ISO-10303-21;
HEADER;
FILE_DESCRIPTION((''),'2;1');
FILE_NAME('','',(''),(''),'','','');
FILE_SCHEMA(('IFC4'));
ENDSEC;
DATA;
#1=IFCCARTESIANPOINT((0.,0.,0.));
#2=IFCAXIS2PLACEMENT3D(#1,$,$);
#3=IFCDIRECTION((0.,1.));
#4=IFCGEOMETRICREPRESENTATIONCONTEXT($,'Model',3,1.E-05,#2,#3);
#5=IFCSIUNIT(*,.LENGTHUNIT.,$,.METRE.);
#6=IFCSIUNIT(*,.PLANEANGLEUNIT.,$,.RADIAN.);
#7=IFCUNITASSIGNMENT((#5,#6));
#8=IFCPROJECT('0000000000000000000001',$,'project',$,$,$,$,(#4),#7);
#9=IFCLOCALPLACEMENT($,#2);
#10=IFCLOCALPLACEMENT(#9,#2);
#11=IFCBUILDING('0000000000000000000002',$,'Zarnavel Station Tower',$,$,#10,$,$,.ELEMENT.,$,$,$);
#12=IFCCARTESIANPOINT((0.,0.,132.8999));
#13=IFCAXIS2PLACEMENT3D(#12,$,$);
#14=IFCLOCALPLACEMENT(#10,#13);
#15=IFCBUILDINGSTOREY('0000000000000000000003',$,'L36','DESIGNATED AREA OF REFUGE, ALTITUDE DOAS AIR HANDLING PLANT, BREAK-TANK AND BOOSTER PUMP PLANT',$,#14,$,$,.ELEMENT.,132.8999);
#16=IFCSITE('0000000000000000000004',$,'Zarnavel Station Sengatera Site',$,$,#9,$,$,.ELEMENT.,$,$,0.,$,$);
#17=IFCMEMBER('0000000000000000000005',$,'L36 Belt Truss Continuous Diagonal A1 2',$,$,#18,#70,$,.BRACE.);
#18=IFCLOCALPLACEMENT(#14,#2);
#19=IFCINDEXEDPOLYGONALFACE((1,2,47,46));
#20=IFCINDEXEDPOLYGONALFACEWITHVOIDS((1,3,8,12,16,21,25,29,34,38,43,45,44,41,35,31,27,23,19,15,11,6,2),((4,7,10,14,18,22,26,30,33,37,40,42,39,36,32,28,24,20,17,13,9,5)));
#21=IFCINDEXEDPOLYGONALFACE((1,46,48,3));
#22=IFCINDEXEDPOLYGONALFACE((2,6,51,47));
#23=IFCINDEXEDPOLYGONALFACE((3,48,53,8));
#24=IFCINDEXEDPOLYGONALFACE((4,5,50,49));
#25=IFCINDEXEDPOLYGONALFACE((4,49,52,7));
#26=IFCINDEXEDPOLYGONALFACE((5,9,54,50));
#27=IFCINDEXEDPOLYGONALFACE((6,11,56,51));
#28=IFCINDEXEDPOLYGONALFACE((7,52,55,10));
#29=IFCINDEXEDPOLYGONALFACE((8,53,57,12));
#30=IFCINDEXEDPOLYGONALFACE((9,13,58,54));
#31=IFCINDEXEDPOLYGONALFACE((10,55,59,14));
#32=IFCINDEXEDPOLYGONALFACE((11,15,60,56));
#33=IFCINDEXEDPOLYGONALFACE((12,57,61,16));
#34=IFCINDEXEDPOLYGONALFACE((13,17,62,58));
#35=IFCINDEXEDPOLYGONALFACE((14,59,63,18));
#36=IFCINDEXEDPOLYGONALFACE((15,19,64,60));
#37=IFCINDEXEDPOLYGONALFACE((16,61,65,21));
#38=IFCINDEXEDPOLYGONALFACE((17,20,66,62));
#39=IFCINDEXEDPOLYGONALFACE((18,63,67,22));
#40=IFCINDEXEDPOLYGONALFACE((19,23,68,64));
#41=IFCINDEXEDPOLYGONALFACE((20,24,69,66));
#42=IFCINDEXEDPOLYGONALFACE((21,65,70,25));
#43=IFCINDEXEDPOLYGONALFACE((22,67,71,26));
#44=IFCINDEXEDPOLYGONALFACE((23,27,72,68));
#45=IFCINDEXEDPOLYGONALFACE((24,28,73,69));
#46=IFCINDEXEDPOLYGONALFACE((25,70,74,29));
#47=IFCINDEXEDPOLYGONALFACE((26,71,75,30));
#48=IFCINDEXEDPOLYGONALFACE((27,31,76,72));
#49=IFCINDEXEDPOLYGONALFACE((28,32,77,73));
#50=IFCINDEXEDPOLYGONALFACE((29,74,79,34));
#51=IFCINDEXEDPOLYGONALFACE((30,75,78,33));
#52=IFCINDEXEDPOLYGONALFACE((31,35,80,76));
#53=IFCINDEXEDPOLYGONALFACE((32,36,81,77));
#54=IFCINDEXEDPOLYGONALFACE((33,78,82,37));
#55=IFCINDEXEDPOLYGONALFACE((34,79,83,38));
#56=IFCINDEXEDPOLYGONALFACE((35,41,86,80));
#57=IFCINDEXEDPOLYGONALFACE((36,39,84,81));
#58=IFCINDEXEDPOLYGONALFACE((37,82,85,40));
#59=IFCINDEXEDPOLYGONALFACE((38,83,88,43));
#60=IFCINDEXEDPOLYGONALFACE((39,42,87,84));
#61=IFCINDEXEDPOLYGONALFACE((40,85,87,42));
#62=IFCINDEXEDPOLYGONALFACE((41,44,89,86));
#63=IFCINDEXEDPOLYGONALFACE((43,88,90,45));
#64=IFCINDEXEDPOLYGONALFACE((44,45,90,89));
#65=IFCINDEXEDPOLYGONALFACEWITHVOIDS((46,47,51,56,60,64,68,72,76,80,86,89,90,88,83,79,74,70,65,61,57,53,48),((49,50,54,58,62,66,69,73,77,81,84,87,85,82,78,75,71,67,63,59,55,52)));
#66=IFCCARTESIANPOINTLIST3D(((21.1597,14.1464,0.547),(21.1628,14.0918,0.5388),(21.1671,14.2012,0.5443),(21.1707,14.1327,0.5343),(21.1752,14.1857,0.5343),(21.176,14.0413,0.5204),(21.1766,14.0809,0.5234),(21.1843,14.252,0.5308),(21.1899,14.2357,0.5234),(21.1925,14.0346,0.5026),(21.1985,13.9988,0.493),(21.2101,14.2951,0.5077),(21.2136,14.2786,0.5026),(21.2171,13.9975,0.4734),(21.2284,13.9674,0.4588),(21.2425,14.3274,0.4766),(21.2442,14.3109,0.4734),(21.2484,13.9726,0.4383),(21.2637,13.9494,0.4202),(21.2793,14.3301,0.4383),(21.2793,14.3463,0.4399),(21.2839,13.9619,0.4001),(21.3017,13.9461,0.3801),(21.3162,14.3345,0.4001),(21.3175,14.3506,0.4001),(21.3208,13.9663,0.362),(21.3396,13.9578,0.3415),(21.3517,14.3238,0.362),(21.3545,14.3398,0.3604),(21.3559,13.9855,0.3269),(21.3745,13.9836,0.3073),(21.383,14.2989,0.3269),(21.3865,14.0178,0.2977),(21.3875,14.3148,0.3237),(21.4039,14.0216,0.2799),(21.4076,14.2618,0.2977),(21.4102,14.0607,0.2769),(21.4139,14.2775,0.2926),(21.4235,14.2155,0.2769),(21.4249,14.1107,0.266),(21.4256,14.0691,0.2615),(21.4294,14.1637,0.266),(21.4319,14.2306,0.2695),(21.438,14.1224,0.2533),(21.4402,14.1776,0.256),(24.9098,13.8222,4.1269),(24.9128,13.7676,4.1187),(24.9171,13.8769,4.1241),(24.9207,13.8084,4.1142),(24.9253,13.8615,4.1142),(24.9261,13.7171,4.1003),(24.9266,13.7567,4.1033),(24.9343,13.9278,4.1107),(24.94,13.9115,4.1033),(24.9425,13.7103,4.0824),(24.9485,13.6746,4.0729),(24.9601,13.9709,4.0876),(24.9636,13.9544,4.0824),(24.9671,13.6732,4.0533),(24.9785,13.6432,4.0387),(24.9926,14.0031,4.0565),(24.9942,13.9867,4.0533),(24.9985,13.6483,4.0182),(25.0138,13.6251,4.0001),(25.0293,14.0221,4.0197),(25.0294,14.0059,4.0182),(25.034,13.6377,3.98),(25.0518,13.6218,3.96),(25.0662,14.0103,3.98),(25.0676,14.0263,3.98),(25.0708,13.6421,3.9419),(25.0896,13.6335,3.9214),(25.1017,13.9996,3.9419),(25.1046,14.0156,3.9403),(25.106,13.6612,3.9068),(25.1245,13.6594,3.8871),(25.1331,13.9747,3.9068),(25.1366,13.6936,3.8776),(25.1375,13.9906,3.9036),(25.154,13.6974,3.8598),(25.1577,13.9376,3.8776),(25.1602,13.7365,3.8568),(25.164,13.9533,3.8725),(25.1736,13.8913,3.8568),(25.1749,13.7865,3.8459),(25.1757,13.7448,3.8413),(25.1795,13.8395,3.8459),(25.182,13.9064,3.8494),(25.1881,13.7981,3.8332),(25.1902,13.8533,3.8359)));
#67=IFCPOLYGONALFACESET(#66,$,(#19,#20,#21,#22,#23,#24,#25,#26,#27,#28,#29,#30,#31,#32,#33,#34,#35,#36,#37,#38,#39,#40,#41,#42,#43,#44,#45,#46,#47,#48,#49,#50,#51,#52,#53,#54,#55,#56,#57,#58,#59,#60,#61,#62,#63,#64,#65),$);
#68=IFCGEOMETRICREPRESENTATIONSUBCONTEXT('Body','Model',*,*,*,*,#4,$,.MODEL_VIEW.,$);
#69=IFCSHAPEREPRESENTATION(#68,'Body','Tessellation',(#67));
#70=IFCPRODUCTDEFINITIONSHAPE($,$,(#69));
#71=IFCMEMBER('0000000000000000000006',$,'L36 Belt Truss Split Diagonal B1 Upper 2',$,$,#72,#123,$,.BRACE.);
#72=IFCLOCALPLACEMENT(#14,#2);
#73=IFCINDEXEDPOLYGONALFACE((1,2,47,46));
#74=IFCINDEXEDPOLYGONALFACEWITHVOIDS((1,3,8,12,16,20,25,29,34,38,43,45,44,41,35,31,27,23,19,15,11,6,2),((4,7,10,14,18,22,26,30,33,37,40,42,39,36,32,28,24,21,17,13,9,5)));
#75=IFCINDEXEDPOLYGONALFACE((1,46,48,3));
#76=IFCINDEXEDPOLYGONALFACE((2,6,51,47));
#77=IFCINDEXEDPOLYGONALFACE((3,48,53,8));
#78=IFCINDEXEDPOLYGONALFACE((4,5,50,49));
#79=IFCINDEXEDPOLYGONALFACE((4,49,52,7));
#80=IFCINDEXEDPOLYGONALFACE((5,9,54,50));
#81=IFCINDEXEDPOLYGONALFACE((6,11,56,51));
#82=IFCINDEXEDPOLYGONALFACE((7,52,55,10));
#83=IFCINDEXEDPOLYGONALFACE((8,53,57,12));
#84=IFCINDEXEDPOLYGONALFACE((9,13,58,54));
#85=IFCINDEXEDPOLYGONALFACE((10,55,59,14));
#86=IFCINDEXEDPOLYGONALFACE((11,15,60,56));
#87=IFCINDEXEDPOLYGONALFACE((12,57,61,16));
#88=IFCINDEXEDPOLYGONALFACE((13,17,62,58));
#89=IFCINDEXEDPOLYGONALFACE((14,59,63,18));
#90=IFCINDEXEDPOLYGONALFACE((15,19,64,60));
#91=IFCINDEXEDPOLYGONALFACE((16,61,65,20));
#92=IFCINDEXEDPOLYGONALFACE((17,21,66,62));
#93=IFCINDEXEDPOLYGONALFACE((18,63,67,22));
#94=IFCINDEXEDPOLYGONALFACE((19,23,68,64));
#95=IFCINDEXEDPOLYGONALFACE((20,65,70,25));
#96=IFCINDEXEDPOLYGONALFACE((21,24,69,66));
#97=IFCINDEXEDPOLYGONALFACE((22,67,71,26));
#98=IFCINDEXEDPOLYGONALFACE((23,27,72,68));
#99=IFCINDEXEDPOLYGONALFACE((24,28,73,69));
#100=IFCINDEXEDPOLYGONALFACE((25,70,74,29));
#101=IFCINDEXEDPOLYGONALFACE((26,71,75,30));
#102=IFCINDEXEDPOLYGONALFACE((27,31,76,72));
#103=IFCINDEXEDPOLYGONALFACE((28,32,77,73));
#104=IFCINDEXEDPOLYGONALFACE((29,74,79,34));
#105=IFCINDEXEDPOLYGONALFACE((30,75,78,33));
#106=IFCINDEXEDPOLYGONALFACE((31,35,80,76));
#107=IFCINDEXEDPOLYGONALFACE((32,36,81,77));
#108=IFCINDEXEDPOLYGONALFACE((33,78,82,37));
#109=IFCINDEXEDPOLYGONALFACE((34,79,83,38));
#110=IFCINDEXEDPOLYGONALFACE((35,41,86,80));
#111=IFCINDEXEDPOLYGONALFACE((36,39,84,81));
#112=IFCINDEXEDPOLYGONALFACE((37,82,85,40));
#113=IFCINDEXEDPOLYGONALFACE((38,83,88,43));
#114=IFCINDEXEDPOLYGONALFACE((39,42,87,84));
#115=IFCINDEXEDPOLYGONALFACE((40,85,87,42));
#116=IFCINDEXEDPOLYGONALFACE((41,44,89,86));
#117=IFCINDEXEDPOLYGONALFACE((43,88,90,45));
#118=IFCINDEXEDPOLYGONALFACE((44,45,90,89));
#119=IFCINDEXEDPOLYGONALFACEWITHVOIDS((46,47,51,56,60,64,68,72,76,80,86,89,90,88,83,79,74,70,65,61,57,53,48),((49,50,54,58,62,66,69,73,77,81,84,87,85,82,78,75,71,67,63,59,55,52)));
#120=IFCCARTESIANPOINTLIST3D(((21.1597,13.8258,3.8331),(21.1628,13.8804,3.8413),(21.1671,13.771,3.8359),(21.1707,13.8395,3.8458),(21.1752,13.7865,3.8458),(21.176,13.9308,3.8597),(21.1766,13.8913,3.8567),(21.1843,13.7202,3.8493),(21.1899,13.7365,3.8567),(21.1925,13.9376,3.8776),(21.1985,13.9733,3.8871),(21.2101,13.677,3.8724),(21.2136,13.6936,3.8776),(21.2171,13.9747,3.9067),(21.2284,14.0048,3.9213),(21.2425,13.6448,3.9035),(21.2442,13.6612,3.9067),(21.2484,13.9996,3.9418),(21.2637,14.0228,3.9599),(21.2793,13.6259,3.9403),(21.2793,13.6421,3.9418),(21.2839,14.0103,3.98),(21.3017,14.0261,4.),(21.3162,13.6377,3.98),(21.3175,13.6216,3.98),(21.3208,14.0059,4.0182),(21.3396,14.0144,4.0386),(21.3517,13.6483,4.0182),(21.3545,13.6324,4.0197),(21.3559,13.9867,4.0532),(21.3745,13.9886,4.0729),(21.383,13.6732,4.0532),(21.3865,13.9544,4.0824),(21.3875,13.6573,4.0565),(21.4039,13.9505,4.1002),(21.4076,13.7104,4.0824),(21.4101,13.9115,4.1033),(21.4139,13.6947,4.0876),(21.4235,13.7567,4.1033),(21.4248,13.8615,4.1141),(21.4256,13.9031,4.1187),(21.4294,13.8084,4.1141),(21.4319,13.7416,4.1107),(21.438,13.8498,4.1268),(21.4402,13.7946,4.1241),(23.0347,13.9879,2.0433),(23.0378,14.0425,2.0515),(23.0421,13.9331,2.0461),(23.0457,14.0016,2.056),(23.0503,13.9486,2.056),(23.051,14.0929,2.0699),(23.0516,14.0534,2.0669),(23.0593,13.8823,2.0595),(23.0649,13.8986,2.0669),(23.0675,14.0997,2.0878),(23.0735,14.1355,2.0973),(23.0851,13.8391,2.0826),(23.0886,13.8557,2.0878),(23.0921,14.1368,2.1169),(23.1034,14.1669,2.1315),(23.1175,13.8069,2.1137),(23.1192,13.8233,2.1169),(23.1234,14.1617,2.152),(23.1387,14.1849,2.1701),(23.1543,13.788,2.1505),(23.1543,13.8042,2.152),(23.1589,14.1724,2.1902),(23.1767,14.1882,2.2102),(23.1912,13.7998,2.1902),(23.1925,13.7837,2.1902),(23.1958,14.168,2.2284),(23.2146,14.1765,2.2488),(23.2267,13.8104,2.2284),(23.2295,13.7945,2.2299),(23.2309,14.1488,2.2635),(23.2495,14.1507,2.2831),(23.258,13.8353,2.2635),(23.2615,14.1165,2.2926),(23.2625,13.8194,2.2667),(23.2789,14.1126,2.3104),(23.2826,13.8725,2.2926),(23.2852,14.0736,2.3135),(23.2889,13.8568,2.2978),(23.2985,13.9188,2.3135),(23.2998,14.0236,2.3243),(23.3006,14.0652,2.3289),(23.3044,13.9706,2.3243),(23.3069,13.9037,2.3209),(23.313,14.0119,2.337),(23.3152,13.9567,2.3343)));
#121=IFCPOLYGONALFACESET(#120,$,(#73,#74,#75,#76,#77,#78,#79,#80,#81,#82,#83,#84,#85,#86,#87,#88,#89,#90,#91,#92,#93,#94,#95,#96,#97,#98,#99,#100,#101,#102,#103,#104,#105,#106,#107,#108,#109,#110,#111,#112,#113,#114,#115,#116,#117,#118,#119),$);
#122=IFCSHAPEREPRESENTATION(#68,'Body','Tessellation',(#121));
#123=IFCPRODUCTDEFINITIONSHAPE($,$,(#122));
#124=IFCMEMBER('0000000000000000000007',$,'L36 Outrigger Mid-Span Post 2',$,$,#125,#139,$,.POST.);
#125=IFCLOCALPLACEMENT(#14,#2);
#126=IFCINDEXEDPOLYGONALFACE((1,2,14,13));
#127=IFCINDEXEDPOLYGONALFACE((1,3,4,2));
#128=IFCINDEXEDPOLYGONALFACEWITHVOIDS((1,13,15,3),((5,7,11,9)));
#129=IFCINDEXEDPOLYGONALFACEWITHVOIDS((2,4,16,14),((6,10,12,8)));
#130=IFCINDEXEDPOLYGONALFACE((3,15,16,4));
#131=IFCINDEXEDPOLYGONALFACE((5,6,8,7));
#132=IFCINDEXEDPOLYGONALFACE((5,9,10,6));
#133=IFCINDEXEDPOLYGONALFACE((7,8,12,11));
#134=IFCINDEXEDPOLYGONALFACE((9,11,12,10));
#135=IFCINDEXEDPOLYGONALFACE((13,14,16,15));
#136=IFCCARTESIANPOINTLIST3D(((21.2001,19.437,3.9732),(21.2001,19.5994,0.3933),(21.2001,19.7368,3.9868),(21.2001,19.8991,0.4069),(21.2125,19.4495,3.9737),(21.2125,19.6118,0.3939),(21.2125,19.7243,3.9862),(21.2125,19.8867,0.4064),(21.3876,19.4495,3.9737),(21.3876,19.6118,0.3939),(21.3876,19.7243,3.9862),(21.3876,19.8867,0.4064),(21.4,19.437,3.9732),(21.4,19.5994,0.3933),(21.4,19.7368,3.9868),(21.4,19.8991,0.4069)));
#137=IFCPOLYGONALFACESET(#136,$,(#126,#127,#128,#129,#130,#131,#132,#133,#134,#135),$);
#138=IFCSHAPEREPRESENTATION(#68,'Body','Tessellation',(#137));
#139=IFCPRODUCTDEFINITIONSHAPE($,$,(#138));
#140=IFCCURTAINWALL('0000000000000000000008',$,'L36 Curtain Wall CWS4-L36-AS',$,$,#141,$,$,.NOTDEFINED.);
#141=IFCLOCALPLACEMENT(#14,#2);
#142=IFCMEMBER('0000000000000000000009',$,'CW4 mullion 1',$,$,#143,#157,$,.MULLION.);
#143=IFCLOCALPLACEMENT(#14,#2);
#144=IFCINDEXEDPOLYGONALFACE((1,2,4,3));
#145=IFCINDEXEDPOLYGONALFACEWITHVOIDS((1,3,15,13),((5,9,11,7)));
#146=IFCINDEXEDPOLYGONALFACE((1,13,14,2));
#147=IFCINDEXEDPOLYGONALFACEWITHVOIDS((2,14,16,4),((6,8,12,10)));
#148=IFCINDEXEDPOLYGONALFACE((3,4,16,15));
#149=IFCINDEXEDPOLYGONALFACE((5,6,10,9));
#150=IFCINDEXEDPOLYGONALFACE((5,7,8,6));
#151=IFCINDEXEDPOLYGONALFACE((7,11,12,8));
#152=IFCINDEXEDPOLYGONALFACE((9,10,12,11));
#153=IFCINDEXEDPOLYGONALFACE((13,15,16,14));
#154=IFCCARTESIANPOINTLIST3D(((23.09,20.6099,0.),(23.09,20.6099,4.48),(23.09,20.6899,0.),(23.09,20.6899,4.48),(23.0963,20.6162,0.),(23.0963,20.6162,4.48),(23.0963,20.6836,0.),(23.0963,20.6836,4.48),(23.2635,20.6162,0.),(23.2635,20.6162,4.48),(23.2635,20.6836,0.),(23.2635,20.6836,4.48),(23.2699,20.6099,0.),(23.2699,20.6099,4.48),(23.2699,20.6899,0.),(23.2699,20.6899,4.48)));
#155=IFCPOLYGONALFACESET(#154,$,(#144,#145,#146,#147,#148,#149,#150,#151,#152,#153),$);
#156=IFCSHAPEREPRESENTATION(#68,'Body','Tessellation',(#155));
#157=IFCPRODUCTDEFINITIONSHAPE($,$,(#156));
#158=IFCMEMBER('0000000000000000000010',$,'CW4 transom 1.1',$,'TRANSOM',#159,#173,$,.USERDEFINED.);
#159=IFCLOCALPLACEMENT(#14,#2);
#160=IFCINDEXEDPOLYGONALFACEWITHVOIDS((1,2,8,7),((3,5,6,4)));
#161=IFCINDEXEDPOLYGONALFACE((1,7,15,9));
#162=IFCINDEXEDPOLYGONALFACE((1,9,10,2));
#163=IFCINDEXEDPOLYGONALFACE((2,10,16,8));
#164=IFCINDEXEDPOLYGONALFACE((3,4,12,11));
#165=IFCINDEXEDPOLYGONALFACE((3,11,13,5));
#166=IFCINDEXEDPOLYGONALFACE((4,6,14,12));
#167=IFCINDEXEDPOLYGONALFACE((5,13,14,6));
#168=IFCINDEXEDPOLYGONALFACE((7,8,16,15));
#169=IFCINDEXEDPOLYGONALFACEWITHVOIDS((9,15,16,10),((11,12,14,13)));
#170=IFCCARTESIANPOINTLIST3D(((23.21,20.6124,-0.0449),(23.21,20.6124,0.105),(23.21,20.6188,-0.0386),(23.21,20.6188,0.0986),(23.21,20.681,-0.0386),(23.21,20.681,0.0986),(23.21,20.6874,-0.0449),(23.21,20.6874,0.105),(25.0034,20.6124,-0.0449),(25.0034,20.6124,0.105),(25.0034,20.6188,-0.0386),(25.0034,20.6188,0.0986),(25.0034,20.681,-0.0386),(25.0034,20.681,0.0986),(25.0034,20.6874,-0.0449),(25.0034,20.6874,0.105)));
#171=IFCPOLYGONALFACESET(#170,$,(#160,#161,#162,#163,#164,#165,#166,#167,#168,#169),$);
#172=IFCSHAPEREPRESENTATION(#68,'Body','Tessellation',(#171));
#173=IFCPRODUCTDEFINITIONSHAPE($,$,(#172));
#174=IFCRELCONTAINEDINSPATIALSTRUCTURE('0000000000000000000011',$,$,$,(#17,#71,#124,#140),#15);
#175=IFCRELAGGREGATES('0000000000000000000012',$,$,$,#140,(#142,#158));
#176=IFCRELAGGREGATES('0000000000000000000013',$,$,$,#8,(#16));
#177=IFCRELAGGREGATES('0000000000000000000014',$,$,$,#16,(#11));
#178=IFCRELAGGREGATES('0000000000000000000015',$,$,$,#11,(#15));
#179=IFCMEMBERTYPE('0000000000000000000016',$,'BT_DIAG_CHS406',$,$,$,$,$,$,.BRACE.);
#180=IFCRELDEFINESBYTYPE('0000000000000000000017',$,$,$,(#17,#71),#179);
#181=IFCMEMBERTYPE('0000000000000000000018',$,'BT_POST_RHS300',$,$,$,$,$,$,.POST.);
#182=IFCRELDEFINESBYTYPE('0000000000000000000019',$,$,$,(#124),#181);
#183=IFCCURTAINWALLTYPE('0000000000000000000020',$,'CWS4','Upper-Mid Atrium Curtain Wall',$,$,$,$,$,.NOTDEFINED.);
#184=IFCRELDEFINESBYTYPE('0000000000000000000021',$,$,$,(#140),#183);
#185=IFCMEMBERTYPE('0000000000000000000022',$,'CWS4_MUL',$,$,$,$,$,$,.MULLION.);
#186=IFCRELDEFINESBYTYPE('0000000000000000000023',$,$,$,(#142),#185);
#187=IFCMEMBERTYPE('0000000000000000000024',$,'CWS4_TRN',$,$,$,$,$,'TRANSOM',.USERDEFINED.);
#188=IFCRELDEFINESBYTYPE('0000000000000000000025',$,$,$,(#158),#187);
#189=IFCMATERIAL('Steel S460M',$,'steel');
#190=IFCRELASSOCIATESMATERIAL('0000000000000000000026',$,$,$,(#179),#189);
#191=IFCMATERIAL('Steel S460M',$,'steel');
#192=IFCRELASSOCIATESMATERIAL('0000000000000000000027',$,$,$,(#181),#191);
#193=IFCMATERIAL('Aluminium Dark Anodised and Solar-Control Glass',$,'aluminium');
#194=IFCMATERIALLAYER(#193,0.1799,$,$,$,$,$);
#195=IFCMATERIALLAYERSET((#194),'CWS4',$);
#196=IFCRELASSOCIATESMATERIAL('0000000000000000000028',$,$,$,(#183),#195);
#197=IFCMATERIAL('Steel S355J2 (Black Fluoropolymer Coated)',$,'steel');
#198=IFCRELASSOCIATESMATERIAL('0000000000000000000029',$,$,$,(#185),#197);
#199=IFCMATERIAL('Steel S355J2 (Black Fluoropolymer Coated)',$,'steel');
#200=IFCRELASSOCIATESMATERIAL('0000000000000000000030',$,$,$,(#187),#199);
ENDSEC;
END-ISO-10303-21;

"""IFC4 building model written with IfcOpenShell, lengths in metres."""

from ifc_helpers import new_model, si_unit, direction, frame, origin, origin_2d, place, context, subcontext, project, spatial, hollow_rectangle, hollow_circle, extrude, material, layer, layer_set, material_profile, profile_set, type_object, element, aggregate, save


model = new_model("IFC4")

# Units and contexts
model_context = context("Model", 3, precision=1e-05, world=origin(), true_north=direction((0.0, 1.0)))
body_context = subcontext(model_context, "Body", "Model", "MODEL_VIEW")
ifc_project = project(units=[si_unit("LENGTHUNIT", "METRE"), si_unit("PLANEANGLEUNIT", "RADIAN")], contexts=[model_context])

# Site, building, storey
site_placement = place(None, origin())
site = spatial("IfcSite", under=ifc_project, at=site_placement, Name="Zarnavel Station Sengatera Site", CompositionType="ELEMENT", RefElevation=0.0)
building_placement = place(site_placement, origin())
building = spatial("IfcBuilding", under=site, at=building_placement, Name="Zarnavel Station Tower", CompositionType="ELEMENT")
storey_placement = place(building_placement, frame((0.0, 0.0, 132.8999)))
storey = spatial("IfcBuildingStorey", under=building, at=storey_placement, Name="L36", Description="DESIGNATED AREA OF REFUGE, ALTITUDE DOAS AIR HANDLING PLANT, BREAK-TANK AND BOOSTER PUMP PLANT", CompositionType="ELEMENT", Elevation=132.8999)

# Members
ifc_material_1 = material(Name="Steel S460M", Category="steel")
ifc_material_profile_1 = material_profile(ifc_material_1, hollow_circle(Radius=0.2031, WallThickness=0.0161, at=origin_2d()), Name="CHS406.4x16")
ifc_profile_set_1 = profile_set([ifc_material_profile_1], Name="Steel S460M")
member_type_1 = type_object("IfcMemberType", Name="BT_DIAG_CHS406", PredefinedType="BRACE", material=ifc_profile_set_1)
member_1_placement = place(storey_placement, frame((21.3, 14.1482, 0.4001), z_axis=(0.721917, -0.062416, 0.689159), x_axis=(0.086137, 0.996283, 0.0)))
element("IfcMember", 1, at=member_1_placement, inside=storey, type_object=member_type_1, Name="L36 Belt Truss Continuous Diagonal A1 2", PredefinedType="BRACE", context=body_context, shape_type="SweptSolid", body=[
    extrude(hollow_circle(Radius=0.2031, WallThickness=0.0161, at=origin_2d()), origin(), (0.0, 0.0, 1.0), 5.1946),
])
member_2_placement = place(storey_placement, frame((23.175, 13.9861, 2.1902), z_axis=(-0.721941, -0.062418, 0.689134), x_axis=(0.086137, -0.996283, 0.0)))
element("IfcMember", 2, at=member_2_placement, inside=storey, type_object=member_type_1, Name="L36 Belt Truss Split Diagonal B1 Upper 2", PredefinedType="BRACE", context=body_context, shape_type="SweptSolid", body=[
    extrude(hollow_circle(Radius=0.2031, WallThickness=0.0161, at=origin_2d()), origin(), (0.0, 0.0, 1.0), 2.5972),
])
ifc_material_2 = material(Name="Steel S460M", Category="steel")
ifc_material_profile_2 = material_profile(ifc_material_2, hollow_rectangle(XDim=0.2, YDim=0.3, WallThickness=0.0125, at=origin_2d()), Name="RHS300x200x12.5")
ifc_profile_set_2 = profile_set([ifc_material_profile_2], Name="Steel S460M")
member_type_2 = type_object("IfcMemberType", Name="BT_POST_RHS300", PredefinedType="POST", material=ifc_profile_set_2)
member_3_placement = place(storey_placement, frame((21.3, 19.7493, 0.4001), z_axis=(0.0, -0.045306, 0.998973), x_axis=(1.0, 0.0, 0.0)))
element("IfcMember", 3, at=member_3_placement, inside=storey, type_object=member_type_2, Name="L36 Outrigger Mid-Span Post 2", PredefinedType="POST", context=body_context, shape_type="SweptSolid", body=[
    extrude(hollow_rectangle(XDim=0.2, YDim=0.3, WallThickness=0.0125, at=origin_2d()), origin(), (0.0, 0.0, 1.0), 3.5835),
])

# Curtain wall, members
ifc_material_3 = material(Name="Aluminium Dark Anodised and Solar-Control Glass", Category="aluminium")
ifc_layer_1 = layer(ifc_material_3, 0.1799)
ifc_layer_set_1 = layer_set([ifc_layer_1], Name="CWS4")
curtain_wall_type = type_object("IfcCurtainWallType", Name="CWS4", Description="Upper-Mid Atrium Curtain Wall", PredefinedType="NOTDEFINED", material=ifc_layer_set_1)
curtain_wall_placement = place(storey_placement, origin())
curtain_wall = element("IfcCurtainWall", 4, at=curtain_wall_placement, inside=storey, type_object=curtain_wall_type, Name="L36 Curtain Wall CWS4-L36-AS", PredefinedType="NOTDEFINED")
ifc_material_4 = material(Name="Steel S355J2 (Black Fluoropolymer Coated)", Category="steel")
ifc_material_profile_3 = material_profile(ifc_material_4, hollow_rectangle(XDim=0.0801, YDim=0.1799, WallThickness=0.0063, at=origin_2d()), Name="RHS180x80x6.3")
ifc_profile_set_3 = profile_set([ifc_material_profile_3], Name="Steel S355J2 (Black Fluoropolymer Coated)")
member_type_3 = type_object("IfcMemberType", Name="CWS4_MUL", PredefinedType="MULLION", material=ifc_profile_set_3)
member_4_placement = place(storey_placement, frame((23.1799, 20.6499, 0.0), z_axis=(0.0, 0.0, 1.0), x_axis=(0.0, 1.0, 0.0)))
member_4 = element("IfcMember", 5, at=member_4_placement, type_object=member_type_3, Name="CW4 mullion 1", PredefinedType="MULLION", context=body_context, shape_type="SweptSolid", body=[
    extrude(hollow_rectangle(XDim=0.0801, YDim=0.1799, WallThickness=0.0063, at=origin_2d()), origin(), (0.0, 0.0, 1.0), 4.48),
])
ifc_material_5 = material(Name="Steel S355J2 (Black Fluoropolymer Coated)", Category="steel")
ifc_material_profile_4 = material_profile(ifc_material_5, hollow_rectangle(XDim=0.075, YDim=0.1499, WallThickness=0.0063, at=origin_2d()), Name="RHS150x75x6.3")
ifc_profile_set_4 = profile_set([ifc_material_profile_4], Name="Steel S355J2 (Black Fluoropolymer Coated)")
member_type_4 = type_object("IfcMemberType", Name="CWS4_TRN", ElementType="TRANSOM", PredefinedType="USERDEFINED", material=ifc_profile_set_4)
member_5_placement = place(storey_placement, frame((23.21, 20.6499, 0.03), z_axis=(1.0, 0.0, 0.0), x_axis=(0.0, 1.0, 0.0)))
member_5 = element("IfcMember", 6, at=member_5_placement, type_object=member_type_4, Name="CW4 transom 1.1", ObjectType="TRANSOM", PredefinedType="USERDEFINED", context=body_context, shape_type="SweptSolid", body=[
    extrude(hollow_rectangle(XDim=0.075, YDim=0.1499, WallThickness=0.0063, at=origin_2d()), origin(), (0.0, 0.0, 1.0), 1.7935),
])
aggregate(curtain_wall, [member_4, member_5])

save(model, "model.ifc")
